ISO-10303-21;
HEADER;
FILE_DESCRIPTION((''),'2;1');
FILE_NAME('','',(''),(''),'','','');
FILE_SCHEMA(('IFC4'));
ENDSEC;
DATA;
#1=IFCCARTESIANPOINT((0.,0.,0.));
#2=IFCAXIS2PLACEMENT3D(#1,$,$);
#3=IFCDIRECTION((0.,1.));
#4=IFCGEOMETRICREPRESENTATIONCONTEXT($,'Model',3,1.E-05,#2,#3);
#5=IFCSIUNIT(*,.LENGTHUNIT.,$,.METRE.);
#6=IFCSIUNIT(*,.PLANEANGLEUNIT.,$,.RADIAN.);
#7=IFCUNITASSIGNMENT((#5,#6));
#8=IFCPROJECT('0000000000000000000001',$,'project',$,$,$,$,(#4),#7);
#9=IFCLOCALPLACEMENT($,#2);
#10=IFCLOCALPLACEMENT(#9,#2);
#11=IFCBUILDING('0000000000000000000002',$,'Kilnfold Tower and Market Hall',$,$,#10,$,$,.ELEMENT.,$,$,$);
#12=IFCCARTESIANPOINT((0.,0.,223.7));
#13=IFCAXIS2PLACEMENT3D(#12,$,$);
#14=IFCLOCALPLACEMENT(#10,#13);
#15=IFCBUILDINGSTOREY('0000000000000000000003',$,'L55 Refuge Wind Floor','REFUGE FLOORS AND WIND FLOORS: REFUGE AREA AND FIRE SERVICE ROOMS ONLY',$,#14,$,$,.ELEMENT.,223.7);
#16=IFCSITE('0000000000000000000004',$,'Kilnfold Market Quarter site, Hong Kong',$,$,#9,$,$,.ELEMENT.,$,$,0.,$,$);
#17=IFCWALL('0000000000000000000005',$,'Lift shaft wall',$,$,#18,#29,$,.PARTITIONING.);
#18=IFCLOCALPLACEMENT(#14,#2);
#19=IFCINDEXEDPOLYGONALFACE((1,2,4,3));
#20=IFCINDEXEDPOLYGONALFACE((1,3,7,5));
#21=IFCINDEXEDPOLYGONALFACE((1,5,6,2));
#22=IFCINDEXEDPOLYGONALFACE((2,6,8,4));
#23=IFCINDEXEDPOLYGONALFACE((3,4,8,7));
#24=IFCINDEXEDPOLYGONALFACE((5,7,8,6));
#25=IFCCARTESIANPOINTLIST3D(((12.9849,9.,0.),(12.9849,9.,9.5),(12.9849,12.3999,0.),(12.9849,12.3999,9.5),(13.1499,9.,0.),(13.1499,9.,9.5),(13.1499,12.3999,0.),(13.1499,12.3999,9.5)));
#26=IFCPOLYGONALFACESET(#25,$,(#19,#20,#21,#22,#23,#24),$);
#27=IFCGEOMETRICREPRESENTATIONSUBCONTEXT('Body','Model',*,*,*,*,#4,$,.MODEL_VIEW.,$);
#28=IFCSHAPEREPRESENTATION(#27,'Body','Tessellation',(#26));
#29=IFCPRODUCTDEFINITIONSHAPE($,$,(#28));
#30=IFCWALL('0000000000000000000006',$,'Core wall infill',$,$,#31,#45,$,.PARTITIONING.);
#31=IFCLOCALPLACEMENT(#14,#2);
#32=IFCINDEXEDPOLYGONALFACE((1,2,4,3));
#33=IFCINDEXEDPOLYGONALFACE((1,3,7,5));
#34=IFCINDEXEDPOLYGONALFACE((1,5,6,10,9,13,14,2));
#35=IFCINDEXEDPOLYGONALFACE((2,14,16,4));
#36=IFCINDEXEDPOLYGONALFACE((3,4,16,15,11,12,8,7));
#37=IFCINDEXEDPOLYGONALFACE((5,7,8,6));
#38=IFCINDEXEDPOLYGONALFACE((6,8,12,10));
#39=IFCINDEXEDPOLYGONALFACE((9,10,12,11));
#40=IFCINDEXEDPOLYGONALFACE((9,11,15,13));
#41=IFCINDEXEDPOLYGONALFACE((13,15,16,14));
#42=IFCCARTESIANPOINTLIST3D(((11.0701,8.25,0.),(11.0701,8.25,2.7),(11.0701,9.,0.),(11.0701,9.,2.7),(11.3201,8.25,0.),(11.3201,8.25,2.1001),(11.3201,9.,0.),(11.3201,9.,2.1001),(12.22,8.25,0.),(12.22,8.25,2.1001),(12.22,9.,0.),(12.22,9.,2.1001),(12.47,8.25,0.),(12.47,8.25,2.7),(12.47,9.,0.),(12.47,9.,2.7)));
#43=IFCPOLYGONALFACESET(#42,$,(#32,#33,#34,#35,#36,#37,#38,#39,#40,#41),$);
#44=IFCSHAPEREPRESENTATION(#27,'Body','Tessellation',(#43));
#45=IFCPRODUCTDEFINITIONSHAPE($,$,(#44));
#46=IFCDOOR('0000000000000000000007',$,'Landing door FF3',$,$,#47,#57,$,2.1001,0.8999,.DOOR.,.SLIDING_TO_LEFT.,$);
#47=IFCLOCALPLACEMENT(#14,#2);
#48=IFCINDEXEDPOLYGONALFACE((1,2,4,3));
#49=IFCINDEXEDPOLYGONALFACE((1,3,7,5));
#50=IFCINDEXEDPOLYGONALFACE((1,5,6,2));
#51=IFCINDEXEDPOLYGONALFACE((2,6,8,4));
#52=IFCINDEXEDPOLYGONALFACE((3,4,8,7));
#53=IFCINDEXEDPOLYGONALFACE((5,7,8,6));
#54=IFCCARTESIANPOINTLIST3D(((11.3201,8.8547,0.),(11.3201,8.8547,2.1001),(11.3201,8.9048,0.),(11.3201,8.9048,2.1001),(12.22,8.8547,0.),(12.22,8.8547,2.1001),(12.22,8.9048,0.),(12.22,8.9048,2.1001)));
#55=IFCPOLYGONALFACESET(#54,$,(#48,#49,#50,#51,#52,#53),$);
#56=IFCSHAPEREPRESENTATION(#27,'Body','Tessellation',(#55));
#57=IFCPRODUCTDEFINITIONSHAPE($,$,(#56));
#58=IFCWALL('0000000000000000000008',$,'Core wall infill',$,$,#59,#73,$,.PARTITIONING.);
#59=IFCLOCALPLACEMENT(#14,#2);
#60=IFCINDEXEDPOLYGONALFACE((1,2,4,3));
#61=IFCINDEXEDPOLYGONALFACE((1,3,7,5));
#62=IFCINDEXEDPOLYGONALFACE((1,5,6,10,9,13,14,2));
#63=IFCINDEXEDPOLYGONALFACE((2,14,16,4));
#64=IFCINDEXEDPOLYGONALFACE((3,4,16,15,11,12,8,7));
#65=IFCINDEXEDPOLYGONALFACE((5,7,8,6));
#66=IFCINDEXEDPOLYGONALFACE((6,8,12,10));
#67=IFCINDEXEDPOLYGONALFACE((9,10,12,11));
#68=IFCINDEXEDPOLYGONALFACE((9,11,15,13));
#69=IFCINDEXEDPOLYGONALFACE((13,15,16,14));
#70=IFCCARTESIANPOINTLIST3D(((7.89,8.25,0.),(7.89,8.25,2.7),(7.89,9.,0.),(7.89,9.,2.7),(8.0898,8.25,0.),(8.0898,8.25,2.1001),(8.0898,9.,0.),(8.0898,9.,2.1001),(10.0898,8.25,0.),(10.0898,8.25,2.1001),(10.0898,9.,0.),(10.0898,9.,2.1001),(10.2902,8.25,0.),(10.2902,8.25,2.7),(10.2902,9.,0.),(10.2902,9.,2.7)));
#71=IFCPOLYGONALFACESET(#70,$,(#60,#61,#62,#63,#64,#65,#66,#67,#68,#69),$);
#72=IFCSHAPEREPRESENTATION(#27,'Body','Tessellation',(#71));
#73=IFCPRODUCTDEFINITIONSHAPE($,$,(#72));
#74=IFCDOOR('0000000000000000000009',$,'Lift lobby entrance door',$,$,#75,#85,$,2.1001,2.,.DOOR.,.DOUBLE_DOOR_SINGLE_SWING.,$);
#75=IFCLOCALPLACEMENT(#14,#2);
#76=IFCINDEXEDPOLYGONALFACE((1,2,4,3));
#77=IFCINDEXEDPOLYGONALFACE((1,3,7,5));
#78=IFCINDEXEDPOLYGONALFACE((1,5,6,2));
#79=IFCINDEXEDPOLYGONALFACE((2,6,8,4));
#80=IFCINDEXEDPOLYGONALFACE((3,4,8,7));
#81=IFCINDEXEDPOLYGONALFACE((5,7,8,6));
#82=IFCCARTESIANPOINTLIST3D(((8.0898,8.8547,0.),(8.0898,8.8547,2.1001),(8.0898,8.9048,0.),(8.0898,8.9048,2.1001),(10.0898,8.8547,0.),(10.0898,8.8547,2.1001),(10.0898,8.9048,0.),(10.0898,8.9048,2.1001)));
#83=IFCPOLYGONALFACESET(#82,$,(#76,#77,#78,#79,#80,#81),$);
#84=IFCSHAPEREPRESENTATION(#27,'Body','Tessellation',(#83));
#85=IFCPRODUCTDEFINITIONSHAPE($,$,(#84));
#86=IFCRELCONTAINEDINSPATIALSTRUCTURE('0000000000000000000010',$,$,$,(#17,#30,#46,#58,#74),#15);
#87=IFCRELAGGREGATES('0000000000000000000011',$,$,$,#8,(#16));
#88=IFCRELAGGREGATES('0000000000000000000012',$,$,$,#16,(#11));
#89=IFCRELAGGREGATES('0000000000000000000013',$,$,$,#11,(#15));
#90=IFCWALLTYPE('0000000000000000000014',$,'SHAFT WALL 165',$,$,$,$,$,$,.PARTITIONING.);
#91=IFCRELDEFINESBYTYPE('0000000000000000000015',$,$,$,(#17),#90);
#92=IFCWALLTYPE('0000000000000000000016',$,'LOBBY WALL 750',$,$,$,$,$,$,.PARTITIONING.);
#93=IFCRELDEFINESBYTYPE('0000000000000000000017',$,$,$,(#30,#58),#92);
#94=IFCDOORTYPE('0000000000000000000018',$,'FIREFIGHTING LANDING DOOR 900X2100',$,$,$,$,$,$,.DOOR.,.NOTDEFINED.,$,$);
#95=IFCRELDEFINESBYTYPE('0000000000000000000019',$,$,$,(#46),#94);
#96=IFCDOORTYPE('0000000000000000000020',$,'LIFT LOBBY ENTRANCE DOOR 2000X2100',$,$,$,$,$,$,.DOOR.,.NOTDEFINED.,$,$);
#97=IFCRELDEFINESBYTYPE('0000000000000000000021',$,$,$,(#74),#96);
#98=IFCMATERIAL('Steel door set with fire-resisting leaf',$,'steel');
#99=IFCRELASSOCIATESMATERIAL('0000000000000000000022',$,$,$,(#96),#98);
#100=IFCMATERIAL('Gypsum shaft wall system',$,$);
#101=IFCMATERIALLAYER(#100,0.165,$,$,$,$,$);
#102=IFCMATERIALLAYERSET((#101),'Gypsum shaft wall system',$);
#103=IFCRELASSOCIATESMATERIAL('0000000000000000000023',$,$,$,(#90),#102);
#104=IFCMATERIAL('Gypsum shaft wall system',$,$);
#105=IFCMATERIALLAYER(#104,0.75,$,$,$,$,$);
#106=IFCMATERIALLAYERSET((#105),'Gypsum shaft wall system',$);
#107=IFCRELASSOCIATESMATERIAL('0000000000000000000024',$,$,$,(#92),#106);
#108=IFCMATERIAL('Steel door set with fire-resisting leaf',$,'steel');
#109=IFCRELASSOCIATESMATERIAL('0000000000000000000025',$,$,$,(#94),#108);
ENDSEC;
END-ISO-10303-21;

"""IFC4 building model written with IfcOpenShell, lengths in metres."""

from ifc_helpers import new_model, si_unit, direction, frame, frame_2d, origin, place, context, subcontext, project, spatial, rectangle, extrude, source, transform, mapped, material, layer, layer_set, type_object, element, fill, save


model = new_model("IFC4")

# Units and contexts
model_context = context("Model", 3, precision=1e-05, world=origin(), true_north=direction((0.0, 1.0)))
body_context = subcontext(model_context, "Body", "Model", "MODEL_VIEW")
ifc_project = project(units=[si_unit("LENGTHUNIT", "METRE"), si_unit("PLANEANGLEUNIT", "RADIAN")], contexts=[model_context])

# Site, building, storey
site_placement = place(None, origin())
site = spatial("IfcSite", under=ifc_project, at=site_placement, Name="Kilnfold Market Quarter site, Hong Kong", CompositionType="ELEMENT", RefElevation=0.0)
building_placement = place(site_placement, origin())
building = spatial("IfcBuilding", under=site, at=building_placement, Name="Kilnfold Tower and Market Hall", CompositionType="ELEMENT")
storey_placement = place(building_placement, frame((0.0, 0.0, 223.7)))
storey = spatial("IfcBuildingStorey", under=building, at=storey_placement, Name="L55 Refuge Wind Floor", Description="REFUGE FLOORS AND WIND FLOORS: REFUGE AREA AND FIRE SERVICE ROOMS ONLY", CompositionType="ELEMENT", Elevation=223.7)

# Shared definitions
ifc_material_1 = material(Name="Steel door set with fire-resisting leaf", Category="steel")
door_type_1 = type_object("IfcDoorType", Name="LIFT LOBBY ENTRANCE DOOR 2000X2100", OperationType="NOTDEFINED", PredefinedType="DOOR", material=ifc_material_1)

# Wall
ifc_material_2 = material(Name="Gypsum shaft wall system")
ifc_layer_1 = layer(ifc_material_2, 0.165)
ifc_layer_set_1 = layer_set([ifc_layer_1], Name="Gypsum shaft wall system")
wall_type_1 = type_object("IfcWallType", Name="SHAFT WALL 165", PredefinedType="PARTITIONING", material=ifc_layer_set_1)
shared_shape_1 = source(origin(), body_context, "Body", "SweptSolid", [
    extrude(rectangle(XDim=3.3999, YDim=0.165, at=frame_2d((1.7, 0.0))), origin(), (0.0, 0.0, 1.0), 9.5),
])
wall_1_placement = place(storey_placement, frame((13.0674, 9.0, 0.0), z_axis=(0.0, 0.0, 1.0), x_axis=(0.0, 1.0, 0.0)))
element("IfcWall", 1, at=wall_1_placement, inside=storey, type_object=wall_type_1, Name="Lift shaft wall", PredefinedType="PARTITIONING", context=body_context, shape_type="MappedRepresentation", body=[
    mapped(shared_shape_1, transform((0.0, 0.0, 0.0))),
])

# Walls, openings, doors
ifc_material_3 = material(Name="Gypsum shaft wall system")
ifc_layer_2 = layer(ifc_material_3, 0.75)
ifc_layer_set_2 = layer_set([ifc_layer_2], Name="Gypsum shaft wall system")
wall_type_2 = type_object("IfcWallType", Name="LOBBY WALL 750", PredefinedType="PARTITIONING", material=ifc_layer_set_2)
shared_shape_2 = source(origin(), body_context, "Body", "SweptSolid", [
    extrude(rectangle(XDim=1.3999, YDim=0.75, at=frame_2d((0.7, 0.0))), origin(), (0.0, 0.0, 1.0), 2.7),
])
wall_2_placement = place(storey_placement, frame((11.0701, 8.625, 0.0), z_axis=(0.0, 0.0, 1.0), x_axis=(1.0, 0.0, 0.0)))
wall_2 = element("IfcWall", 2, at=wall_2_placement, inside=storey, type_object=wall_type_2, Name="Core wall infill", PredefinedType="PARTITIONING", context=body_context, shape_type="MappedRepresentation", body=[
    mapped(shared_shape_2, transform((0.0, 0.0, 0.0))),
])
opening_1_placement = place(wall_2_placement, frame((0.25, 0.0, 0.0)))
opening_1 = element("IfcOpeningElement", 3, at=opening_1_placement, cuts=wall_2, PredefinedType="OPENING", context=body_context, shape_type="SweptSolid", body=[
    extrude(rectangle(XDim=0.8999, YDim=2.1001, at=frame_2d((0.45, 1.05))), frame((0.0, 0.385, 0.0), z_axis=(0.0, -1.0, 0.0), x_axis=(1.0, 0.0, 0.0)), (0.0, 0.0, 1.0), 0.77),
])
ifc_material_4 = material(Name="Steel door set with fire-resisting leaf", Category="steel")
door_type_2 = type_object("IfcDoorType", Name="FIREFIGHTING LANDING DOOR 900X2100", OperationType="NOTDEFINED", PredefinedType="DOOR", material=ifc_material_4)
door_1_placement = place(opening_1_placement, origin())
door_1 = element("IfcDoor", 4, at=door_1_placement, inside=storey, type_object=door_type_2, Name="Landing door FF3", OperationType="SLIDING_TO_LEFT", OverallHeight=2.1001, OverallWidth=0.8999, PredefinedType="DOOR", context=body_context, shape_type="SweptSolid", body=[
    extrude(rectangle(XDim=0.8999, YDim=2.1001, at=frame_2d((0.45, 1.05))), frame((0.0, 0.2798, 0.0), z_axis=(0.0, -1.0, 0.0), x_axis=(1.0, 0.0, 0.0)), (0.0, 0.0, 1.0), 0.05),
])
fill(opening_1, door_1)
shared_shape_3 = source(origin(), body_context, "Body", "SweptSolid", [
    extrude(rectangle(XDim=2.4001, YDim=0.75, at=frame_2d((1.2002, 0.0))), origin(), (0.0, 0.0, 1.0), 2.7),
])
wall_3_placement = place(storey_placement, frame((7.8899, 8.625, 0.0), z_axis=(0.0, 0.0, 1.0), x_axis=(1.0, 0.0, 0.0)))
wall_3 = element("IfcWall", 5, at=wall_3_placement, inside=storey, type_object=wall_type_2, Name="Core wall infill", PredefinedType="PARTITIONING", context=body_context, shape_type="MappedRepresentation", body=[
    mapped(shared_shape_3, transform((0.0, 0.0, 0.0))),
])
opening_2_placement = place(wall_3_placement, frame((0.2, 0.0, 0.0)))
opening_2 = element("IfcOpeningElement", 6, at=opening_2_placement, cuts=wall_3, PredefinedType="OPENING", context=body_context, shape_type="SweptSolid", body=[
    extrude(rectangle(XDim=2.0, YDim=2.1001, at=frame_2d((1.0, 1.05))), frame((0.0, 0.385, 0.0), z_axis=(0.0, -1.0, 0.0), x_axis=(1.0, 0.0, 0.0)), (0.0, 0.0, 1.0), 0.77),
])
door_2_placement = place(opening_2_placement, origin())
door_2 = element("IfcDoor", 7, at=door_2_placement, inside=storey, type_object=door_type_1, Name="Lift lobby entrance door", OperationType="DOUBLE_DOOR_SINGLE_SWING", OverallHeight=2.1001, OverallWidth=2.0, PredefinedType="DOOR", context=body_context, shape_type="SweptSolid", body=[
    extrude(rectangle(XDim=2.0, YDim=2.1001, at=frame_2d((1.0, 1.05))), frame((0.0, 0.2798, 0.0), z_axis=(0.0, -1.0, 0.0), x_axis=(1.0, 0.0, 0.0)), (0.0, 0.0, 1.0), 0.05),
])
fill(opening_2, door_2)

save(model, "model.ifc")
